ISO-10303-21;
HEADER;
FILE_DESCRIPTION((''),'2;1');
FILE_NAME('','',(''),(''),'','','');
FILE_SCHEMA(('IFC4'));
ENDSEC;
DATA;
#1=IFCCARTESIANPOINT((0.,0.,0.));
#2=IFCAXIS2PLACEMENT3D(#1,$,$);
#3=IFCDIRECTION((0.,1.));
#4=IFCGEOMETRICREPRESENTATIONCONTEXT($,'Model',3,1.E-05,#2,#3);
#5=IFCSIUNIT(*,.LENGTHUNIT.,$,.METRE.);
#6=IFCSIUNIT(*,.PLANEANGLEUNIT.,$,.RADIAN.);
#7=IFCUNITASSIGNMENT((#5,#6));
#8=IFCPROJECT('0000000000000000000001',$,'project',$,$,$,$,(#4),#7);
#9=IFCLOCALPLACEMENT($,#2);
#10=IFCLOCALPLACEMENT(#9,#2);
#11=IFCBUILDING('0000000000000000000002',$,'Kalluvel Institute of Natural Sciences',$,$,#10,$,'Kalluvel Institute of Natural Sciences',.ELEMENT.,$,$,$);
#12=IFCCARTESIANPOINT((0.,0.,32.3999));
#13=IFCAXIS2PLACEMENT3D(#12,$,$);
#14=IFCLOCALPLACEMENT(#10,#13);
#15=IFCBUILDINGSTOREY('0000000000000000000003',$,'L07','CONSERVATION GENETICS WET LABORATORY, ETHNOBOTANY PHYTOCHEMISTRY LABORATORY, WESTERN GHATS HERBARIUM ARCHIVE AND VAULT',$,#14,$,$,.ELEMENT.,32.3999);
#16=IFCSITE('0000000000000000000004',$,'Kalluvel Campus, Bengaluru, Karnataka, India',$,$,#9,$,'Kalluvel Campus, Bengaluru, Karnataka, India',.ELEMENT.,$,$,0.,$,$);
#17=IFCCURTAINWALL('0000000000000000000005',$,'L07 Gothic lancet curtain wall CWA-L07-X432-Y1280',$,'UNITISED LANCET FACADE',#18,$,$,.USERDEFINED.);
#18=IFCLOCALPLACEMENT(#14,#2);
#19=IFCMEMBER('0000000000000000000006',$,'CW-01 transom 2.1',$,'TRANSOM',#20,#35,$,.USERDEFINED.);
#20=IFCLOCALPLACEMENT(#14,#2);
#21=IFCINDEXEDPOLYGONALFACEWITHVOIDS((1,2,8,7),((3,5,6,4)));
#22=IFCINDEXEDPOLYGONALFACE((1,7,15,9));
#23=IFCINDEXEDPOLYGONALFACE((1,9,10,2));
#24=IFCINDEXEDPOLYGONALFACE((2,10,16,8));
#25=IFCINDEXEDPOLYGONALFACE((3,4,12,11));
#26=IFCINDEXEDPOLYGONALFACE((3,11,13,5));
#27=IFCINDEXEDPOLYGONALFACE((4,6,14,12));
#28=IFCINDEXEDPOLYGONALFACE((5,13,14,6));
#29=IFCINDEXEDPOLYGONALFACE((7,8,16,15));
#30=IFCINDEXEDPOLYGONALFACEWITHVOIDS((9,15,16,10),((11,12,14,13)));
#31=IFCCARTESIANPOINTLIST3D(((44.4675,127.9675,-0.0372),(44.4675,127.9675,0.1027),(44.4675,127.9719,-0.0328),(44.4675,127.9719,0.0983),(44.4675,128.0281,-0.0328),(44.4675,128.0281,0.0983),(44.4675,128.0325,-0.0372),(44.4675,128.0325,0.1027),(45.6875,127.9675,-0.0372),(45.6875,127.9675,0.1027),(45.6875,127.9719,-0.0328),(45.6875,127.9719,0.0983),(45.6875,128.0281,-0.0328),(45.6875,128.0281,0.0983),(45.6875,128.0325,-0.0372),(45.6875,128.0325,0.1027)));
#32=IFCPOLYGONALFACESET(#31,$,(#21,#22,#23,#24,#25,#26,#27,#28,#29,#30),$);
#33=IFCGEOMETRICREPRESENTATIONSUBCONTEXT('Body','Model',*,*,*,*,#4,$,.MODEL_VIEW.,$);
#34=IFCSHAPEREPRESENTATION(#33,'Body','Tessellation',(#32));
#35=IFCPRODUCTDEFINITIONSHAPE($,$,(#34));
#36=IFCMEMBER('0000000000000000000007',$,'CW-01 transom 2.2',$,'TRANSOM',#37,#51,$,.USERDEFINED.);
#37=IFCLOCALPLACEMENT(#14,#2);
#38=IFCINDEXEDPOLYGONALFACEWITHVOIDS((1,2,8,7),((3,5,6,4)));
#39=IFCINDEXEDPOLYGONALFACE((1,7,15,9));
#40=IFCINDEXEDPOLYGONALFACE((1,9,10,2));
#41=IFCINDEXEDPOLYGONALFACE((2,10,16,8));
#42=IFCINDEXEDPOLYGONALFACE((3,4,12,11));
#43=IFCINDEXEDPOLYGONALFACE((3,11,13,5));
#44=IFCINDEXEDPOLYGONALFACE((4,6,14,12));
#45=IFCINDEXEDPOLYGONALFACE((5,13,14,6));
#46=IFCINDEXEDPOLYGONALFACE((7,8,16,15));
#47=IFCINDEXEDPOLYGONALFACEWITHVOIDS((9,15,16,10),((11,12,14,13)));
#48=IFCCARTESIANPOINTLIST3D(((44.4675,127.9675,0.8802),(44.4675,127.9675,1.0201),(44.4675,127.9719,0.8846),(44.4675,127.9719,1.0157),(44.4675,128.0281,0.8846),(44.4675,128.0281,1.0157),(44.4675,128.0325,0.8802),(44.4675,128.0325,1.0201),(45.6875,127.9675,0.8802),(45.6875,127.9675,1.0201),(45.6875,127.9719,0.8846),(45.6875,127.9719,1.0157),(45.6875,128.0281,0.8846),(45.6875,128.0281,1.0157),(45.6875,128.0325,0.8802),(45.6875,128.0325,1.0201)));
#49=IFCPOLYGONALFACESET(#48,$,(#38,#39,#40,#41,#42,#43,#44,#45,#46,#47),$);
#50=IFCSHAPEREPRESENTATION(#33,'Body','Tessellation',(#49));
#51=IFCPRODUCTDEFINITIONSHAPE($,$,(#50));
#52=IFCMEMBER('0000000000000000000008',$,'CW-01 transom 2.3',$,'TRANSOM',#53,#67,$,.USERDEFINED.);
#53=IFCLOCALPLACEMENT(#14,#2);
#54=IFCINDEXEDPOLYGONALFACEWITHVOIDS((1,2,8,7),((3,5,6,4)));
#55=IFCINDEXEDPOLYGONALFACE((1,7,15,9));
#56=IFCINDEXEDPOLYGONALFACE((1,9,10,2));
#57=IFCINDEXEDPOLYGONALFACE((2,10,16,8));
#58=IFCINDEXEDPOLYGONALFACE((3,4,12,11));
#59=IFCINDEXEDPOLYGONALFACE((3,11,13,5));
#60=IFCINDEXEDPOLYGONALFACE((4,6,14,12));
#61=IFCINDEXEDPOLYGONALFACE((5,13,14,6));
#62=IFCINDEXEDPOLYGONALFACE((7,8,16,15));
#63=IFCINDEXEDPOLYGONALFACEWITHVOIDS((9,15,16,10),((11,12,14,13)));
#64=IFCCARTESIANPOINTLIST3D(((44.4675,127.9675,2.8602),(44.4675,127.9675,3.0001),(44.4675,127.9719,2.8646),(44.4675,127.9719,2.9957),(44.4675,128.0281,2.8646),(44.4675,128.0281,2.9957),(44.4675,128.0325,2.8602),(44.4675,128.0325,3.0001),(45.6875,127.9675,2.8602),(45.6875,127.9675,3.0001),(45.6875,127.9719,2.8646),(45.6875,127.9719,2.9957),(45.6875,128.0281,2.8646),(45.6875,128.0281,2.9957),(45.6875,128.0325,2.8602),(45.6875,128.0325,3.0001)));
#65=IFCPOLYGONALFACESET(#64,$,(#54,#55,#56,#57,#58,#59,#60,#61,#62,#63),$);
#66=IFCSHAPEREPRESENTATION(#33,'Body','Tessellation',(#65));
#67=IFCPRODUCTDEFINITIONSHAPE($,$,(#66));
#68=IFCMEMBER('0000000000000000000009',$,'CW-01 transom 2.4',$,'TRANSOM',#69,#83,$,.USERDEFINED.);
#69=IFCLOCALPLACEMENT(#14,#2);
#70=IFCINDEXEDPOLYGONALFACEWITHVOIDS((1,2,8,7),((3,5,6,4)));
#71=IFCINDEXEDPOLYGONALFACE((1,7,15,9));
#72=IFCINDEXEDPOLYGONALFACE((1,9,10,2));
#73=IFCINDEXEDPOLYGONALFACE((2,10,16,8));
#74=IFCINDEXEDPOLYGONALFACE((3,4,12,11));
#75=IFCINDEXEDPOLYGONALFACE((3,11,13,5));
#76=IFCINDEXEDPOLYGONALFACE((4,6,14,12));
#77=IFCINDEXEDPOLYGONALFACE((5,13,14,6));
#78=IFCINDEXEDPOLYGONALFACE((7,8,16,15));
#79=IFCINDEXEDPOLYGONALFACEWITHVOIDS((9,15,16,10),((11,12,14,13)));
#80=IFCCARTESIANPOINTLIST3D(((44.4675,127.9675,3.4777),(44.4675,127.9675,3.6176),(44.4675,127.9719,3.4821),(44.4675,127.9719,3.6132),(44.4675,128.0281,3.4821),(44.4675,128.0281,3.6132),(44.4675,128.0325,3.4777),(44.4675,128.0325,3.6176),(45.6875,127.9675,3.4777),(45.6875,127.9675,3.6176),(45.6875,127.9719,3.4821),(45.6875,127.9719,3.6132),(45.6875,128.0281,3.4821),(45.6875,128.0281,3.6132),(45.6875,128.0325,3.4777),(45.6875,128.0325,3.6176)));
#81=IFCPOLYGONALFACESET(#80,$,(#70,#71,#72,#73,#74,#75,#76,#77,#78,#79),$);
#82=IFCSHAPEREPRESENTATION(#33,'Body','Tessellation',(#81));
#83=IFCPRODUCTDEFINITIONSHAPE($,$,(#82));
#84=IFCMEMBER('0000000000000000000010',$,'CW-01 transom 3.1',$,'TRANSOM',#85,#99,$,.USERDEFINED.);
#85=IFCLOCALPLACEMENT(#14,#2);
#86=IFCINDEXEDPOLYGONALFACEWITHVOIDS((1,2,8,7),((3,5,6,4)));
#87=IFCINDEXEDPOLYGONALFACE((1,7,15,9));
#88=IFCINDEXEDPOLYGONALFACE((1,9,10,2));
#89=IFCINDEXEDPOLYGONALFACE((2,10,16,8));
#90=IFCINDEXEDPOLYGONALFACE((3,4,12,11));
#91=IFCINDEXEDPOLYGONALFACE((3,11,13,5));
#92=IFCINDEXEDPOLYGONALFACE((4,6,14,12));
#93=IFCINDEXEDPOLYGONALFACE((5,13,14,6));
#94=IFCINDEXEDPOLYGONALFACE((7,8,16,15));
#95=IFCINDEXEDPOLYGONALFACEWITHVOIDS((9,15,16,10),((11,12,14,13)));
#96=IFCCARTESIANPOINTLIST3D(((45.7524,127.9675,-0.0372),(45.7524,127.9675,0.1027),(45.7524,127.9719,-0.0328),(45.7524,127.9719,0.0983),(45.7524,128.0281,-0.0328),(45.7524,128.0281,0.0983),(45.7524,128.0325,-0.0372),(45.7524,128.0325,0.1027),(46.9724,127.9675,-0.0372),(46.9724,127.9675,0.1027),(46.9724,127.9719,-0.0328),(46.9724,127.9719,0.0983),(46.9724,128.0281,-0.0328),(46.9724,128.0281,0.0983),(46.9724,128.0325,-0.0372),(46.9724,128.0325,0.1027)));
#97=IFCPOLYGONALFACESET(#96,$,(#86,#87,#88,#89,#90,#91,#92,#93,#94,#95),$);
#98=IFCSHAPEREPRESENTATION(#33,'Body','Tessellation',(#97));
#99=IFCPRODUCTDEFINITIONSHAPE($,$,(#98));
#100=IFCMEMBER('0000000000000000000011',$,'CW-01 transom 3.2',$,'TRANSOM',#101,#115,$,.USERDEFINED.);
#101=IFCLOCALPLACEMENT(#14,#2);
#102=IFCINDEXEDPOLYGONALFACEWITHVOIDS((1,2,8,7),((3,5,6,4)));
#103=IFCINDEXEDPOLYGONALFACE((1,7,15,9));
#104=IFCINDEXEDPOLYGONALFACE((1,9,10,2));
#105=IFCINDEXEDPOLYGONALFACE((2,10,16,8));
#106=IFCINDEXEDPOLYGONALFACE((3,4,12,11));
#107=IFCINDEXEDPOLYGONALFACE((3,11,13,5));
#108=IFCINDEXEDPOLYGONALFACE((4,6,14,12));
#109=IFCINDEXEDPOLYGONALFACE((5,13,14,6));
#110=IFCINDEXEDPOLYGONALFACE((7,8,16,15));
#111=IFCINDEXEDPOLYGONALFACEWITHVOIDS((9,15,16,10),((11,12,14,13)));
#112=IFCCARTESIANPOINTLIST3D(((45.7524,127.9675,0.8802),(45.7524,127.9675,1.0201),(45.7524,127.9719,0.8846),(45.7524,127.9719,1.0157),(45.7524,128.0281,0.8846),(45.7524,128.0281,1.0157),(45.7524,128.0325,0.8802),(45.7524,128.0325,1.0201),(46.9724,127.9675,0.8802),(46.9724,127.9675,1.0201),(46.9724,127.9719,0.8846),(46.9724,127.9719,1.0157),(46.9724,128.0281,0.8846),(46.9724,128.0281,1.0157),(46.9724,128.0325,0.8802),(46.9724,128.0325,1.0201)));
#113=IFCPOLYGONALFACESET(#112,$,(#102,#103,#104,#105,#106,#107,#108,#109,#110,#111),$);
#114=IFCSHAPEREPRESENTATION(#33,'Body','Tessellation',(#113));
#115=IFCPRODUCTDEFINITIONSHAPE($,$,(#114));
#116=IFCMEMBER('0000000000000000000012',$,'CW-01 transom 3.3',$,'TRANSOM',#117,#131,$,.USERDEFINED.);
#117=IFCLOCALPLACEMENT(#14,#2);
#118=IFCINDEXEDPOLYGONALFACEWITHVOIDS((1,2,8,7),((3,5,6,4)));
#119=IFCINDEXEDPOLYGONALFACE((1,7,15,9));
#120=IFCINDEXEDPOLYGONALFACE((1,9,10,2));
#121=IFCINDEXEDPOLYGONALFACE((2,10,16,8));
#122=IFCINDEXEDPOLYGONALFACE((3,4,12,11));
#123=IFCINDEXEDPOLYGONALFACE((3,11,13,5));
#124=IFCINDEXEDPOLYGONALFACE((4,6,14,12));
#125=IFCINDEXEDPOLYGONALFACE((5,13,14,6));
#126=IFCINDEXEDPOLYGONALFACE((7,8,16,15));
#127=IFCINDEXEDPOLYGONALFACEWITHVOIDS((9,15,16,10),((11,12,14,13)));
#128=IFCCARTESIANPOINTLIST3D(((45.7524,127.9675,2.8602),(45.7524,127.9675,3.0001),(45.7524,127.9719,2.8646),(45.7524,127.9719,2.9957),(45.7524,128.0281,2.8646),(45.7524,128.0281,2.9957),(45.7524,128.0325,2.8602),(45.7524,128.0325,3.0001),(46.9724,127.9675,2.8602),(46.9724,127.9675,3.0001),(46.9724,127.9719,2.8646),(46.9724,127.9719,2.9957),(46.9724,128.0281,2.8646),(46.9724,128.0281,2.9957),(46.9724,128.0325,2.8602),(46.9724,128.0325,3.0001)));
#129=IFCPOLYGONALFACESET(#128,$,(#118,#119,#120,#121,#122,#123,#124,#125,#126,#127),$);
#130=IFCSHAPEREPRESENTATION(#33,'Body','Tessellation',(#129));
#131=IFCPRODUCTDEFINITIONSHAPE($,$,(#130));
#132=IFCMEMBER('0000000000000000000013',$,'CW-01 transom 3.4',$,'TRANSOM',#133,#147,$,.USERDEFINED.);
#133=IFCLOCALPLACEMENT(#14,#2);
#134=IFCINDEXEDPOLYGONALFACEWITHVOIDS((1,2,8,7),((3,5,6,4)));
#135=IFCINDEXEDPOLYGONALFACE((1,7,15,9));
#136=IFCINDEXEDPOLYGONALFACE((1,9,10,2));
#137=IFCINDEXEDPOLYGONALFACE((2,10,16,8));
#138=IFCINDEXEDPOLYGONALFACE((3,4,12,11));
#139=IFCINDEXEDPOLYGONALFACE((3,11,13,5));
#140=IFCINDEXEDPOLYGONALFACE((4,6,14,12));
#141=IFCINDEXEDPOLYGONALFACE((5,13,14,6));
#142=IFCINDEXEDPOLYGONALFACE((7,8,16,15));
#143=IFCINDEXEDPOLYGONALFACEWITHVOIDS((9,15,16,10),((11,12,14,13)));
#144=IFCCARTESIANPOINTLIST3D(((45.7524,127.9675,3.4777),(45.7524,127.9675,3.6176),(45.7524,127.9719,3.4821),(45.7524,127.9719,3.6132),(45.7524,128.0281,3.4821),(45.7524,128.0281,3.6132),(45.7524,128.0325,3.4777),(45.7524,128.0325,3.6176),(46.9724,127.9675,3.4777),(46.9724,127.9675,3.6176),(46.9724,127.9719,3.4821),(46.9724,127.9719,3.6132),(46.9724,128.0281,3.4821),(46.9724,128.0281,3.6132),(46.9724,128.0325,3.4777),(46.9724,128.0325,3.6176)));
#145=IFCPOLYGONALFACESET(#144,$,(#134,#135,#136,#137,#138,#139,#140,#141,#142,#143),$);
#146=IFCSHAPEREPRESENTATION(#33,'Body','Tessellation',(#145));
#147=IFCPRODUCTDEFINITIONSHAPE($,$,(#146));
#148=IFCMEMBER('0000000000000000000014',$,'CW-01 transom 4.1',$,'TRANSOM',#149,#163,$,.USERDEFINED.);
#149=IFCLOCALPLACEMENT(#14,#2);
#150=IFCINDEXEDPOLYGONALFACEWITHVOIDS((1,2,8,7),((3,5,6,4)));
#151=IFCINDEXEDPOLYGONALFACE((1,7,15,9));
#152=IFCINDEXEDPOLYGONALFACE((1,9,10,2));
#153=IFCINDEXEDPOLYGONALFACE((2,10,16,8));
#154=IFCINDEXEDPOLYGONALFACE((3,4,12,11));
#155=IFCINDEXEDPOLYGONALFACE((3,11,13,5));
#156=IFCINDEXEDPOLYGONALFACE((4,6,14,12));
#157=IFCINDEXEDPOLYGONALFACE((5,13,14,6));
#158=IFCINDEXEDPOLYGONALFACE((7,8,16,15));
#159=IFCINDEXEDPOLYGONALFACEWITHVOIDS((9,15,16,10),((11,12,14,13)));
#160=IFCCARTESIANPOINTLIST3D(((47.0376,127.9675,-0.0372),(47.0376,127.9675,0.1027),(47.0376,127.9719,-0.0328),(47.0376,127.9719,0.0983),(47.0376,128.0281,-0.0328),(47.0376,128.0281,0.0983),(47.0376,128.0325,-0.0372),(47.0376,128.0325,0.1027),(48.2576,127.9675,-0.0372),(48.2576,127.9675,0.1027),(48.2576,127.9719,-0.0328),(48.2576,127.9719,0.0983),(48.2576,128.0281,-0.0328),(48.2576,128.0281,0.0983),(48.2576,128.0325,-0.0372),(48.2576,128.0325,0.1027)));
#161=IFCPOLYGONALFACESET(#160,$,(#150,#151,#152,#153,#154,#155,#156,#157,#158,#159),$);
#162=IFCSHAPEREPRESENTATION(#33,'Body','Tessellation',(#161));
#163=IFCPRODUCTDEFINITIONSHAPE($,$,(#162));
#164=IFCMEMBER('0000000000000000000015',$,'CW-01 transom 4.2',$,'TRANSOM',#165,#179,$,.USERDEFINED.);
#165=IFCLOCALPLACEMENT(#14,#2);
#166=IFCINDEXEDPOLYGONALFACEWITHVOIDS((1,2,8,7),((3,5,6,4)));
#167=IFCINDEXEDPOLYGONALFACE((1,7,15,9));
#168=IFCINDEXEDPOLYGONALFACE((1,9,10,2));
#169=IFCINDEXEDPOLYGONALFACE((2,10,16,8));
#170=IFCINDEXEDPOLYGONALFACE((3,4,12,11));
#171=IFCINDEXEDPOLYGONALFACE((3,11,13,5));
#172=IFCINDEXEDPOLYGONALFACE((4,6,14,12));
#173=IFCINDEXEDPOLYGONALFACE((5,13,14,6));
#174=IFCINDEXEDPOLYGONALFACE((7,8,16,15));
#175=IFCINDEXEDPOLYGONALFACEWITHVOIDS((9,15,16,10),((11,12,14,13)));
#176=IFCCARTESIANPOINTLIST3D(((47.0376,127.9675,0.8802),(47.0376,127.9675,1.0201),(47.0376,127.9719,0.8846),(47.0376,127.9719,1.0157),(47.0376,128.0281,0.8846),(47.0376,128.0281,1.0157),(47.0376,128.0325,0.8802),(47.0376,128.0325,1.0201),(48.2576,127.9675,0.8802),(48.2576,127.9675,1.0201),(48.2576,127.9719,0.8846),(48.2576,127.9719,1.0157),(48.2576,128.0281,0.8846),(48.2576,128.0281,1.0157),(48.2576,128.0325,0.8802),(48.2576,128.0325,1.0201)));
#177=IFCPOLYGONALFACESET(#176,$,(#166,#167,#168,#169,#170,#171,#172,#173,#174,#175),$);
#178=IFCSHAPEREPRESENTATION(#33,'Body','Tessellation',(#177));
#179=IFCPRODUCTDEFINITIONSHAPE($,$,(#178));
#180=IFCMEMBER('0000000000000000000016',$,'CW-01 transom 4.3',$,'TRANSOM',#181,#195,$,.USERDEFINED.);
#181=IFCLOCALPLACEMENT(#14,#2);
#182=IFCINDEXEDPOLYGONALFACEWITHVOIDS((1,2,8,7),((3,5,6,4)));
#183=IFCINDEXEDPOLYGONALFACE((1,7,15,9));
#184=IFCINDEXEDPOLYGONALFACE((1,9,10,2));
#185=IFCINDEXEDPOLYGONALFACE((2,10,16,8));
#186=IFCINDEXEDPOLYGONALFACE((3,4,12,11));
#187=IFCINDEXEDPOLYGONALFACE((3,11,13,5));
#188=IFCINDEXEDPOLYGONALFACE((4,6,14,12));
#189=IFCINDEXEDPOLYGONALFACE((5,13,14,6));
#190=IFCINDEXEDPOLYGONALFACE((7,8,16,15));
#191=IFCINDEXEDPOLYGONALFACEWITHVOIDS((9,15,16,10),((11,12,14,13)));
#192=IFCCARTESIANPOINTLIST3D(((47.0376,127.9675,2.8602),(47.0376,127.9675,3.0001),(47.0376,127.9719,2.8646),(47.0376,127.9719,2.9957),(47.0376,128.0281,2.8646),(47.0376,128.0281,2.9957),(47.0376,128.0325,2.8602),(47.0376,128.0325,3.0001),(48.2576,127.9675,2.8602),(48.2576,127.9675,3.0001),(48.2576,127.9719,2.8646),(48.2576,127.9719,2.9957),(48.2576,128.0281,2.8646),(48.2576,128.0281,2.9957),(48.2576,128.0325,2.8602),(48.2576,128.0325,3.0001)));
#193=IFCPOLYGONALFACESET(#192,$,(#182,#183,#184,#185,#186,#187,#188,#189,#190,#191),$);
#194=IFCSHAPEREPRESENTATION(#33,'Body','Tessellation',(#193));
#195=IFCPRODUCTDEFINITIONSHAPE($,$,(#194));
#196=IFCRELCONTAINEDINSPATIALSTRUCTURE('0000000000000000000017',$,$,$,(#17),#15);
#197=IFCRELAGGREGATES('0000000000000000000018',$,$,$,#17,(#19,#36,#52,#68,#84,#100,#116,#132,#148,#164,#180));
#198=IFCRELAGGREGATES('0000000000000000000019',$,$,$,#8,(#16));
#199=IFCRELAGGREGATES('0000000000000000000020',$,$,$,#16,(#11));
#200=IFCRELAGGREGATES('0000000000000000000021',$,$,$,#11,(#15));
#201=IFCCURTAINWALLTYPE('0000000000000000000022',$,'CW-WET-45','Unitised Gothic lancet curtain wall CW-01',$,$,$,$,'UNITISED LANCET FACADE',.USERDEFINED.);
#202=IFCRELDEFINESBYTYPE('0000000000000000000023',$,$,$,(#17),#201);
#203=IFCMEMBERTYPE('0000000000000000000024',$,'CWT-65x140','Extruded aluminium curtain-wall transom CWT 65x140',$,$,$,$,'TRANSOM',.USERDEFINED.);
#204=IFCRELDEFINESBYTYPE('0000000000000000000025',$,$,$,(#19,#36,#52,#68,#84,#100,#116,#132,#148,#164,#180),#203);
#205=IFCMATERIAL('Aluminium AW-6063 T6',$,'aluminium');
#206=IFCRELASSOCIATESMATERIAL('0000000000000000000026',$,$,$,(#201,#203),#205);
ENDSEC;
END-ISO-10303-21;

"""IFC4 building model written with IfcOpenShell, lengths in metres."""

from ifc_helpers import new_model, si_unit, direction, frame, origin, origin_2d, place, context, subcontext, project, spatial, hollow_rectangle, extrude, material, material_profile, profile_set, type_object, element, aggregate, save


model = new_model("IFC4")

# Units and contexts
model_context = context("Model", 3, precision=1e-05, world=origin(), true_north=direction((0.0, 1.0)))
body_context = subcontext(model_context, "Body", "Model", "MODEL_VIEW")
ifc_project = project(units=[si_unit("LENGTHUNIT", "METRE"), si_unit("PLANEANGLEUNIT", "RADIAN")], contexts=[model_context])

# Site, building, storey
site_placement = place(None, origin())
site = spatial("IfcSite", under=ifc_project, at=site_placement, Name="Kalluvel Campus, Bengaluru, Karnataka, India", LongName="Kalluvel Campus, Bengaluru, Karnataka, India", CompositionType="ELEMENT", RefElevation=0.0)
building_placement = place(site_placement, origin())
building = spatial("IfcBuilding", under=site, at=building_placement, Name="Kalluvel Institute of Natural Sciences", LongName="Kalluvel Institute of Natural Sciences", CompositionType="ELEMENT")
storey_placement = place(building_placement, frame((0.0, 0.0, 32.3999)))
storey = spatial("IfcBuildingStorey", under=building, at=storey_placement, Name="L07", Description="CONSERVATION GENETICS WET LABORATORY, ETHNOBOTANY PHYTOCHEMISTRY LABORATORY, WESTERN GHATS HERBARIUM ARCHIVE AND VAULT", CompositionType="ELEMENT", Elevation=32.3999)

# Curtain wall, members
ifc_material_1 = material(Name="Aluminium AW-6063 T6", Category="aluminium")
curtain_wall_type = type_object("IfcCurtainWallType", Name="CW-WET-45", Description="Unitised Gothic lancet curtain wall CW-01", ElementType="UNITISED LANCET FACADE", PredefinedType="USERDEFINED", material=ifc_material_1)
curtain_wall_placement = place(storey_placement, origin())
curtain_wall = element("IfcCurtainWall", 1, at=curtain_wall_placement, inside=storey, type_object=curtain_wall_type, Name="L07 Gothic lancet curtain wall CWA-L07-X432-Y1280", ObjectType="UNITISED LANCET FACADE", PredefinedType="USERDEFINED")
ifc_material_profile_1 = material_profile(ifc_material_1, hollow_rectangle(XDim=0.0649, YDim=0.1399, WallThickness=0.0044, at=origin_2d()), Name="CWT 65x140")
ifc_profile_set_1 = profile_set([ifc_material_profile_1], Name="Aluminium AW-6063 T6")
member_type_1 = type_object("IfcMemberType", Name="CWT-65x140", Description="Extruded aluminium curtain-wall transom CWT 65x140", ElementType="TRANSOM", PredefinedType="USERDEFINED", material=ifc_profile_set_1)
member_1_placement = place(storey_placement, frame((44.4675, 128.0, 0.0327), z_axis=(1.0, 0.0, 0.0), x_axis=(0.0, 1.0, 0.0)))
member_1 = element("IfcMember", 2, at=member_1_placement, type_object=member_type_1, Name="CW-01 transom 2.1", ObjectType="TRANSOM", PredefinedType="USERDEFINED", context=body_context, shape_type="SweptSolid", body=[
    extrude(hollow_rectangle(XDim=0.0649, YDim=0.1399, WallThickness=0.0044, at=origin_2d()), origin(), (0.0, 0.0, 1.0), 1.22),
])
member_2_placement = place(storey_placement, frame((44.4675, 128.0, 0.9502), z_axis=(1.0, 0.0, 0.0), x_axis=(0.0, 1.0, 0.0)))
member_2 = element("IfcMember", 3, at=member_2_placement, type_object=member_type_1, Name="CW-01 transom 2.2", ObjectType="TRANSOM", PredefinedType="USERDEFINED", context=body_context, shape_type="SweptSolid", body=[
    extrude(hollow_rectangle(XDim=0.0649, YDim=0.1399, WallThickness=0.0044, at=origin_2d()), origin(), (0.0, 0.0, 1.0), 1.22),
])
member_3_placement = place(storey_placement, frame((44.4675, 128.0, 2.9302), z_axis=(1.0, 0.0, 0.0), x_axis=(0.0, 1.0, 0.0)))
member_3 = element("IfcMember", 4, at=member_3_placement, type_object=member_type_1, Name="CW-01 transom 2.3", ObjectType="TRANSOM", PredefinedType="USERDEFINED", context=body_context, shape_type="SweptSolid", body=[
    extrude(hollow_rectangle(XDim=0.0649, YDim=0.1399, WallThickness=0.0044, at=origin_2d()), origin(), (0.0, 0.0, 1.0), 1.22),
])
member_4_placement = place(storey_placement, frame((44.4675, 128.0, 3.5476), z_axis=(1.0, 0.0, 0.0), x_axis=(0.0, 1.0, 0.0)))
member_4 = element("IfcMember", 5, at=member_4_placement, type_object=member_type_1, Name="CW-01 transom 2.4", ObjectType="TRANSOM", PredefinedType="USERDEFINED", context=body_context, shape_type="SweptSolid", body=[
    extrude(hollow_rectangle(XDim=0.0649, YDim=0.1399, WallThickness=0.0044, at=origin_2d()), origin(), (0.0, 0.0, 1.0), 1.22),
])
member_5_placement = place(storey_placement, frame((45.7524, 128.0, 0.0327), z_axis=(1.0, 0.0, 0.0), x_axis=(0.0, 1.0, 0.0)))
member_5 = element("IfcMember", 6, at=member_5_placement, type_object=member_type_1, Name="CW-01 transom 3.1", ObjectType="TRANSOM", PredefinedType="USERDEFINED", context=body_context, shape_type="SweptSolid", body=[
    extrude(hollow_rectangle(XDim=0.0649, YDim=0.1399, WallThickness=0.0044, at=origin_2d()), origin(), (0.0, 0.0, 1.0), 1.22),
])
member_6_placement = place(storey_placement, frame((45.7524, 128.0, 0.9502), z_axis=(1.0, 0.0, 0.0), x_axis=(0.0, 1.0, 0.0)))
member_6 = element("IfcMember", 7, at=member_6_placement, type_object=member_type_1, Name="CW-01 transom 3.2", ObjectType="TRANSOM", PredefinedType="USERDEFINED", context=body_context, shape_type="SweptSolid", body=[
    extrude(hollow_rectangle(XDim=0.0649, YDim=0.1399, WallThickness=0.0044, at=origin_2d()), origin(), (0.0, 0.0, 1.0), 1.22),
])
member_7_placement = place(storey_placement, frame((45.7524, 128.0, 2.9302), z_axis=(1.0, 0.0, 0.0), x_axis=(0.0, 1.0, 0.0)))
member_7 = element("IfcMember", 8, at=member_7_placement, type_object=member_type_1, Name="CW-01 transom 3.3", ObjectType="TRANSOM", PredefinedType="USERDEFINED", context=body_context, shape_type="SweptSolid", body=[
    extrude(hollow_rectangle(XDim=0.0649, YDim=0.1399, WallThickness=0.0044, at=origin_2d()), origin(), (0.0, 0.0, 1.0), 1.22),
])
member_8_placement = place(storey_placement, frame((45.7524, 128.0, 3.5476), z_axis=(1.0, 0.0, 0.0), x_axis=(0.0, 1.0, 0.0)))
member_8 = element("IfcMember", 9, at=member_8_placement, type_object=member_type_1, Name="CW-01 transom 3.4", ObjectType="TRANSOM", PredefinedType="USERDEFINED", context=body_context, shape_type="SweptSolid", body=[
    extrude(hollow_rectangle(XDim=0.0649, YDim=0.1399, WallThickness=0.0044, at=origin_2d()), origin(), (0.0, 0.0, 1.0), 1.22),
])
member_9_placement = place(storey_placement, frame((47.0376, 128.0, 0.0327), z_axis=(1.0, 0.0, 0.0), x_axis=(0.0, 1.0, 0.0)))
member_9 = element("IfcMember", 10, at=member_9_placement, type_object=member_type_1, Name="CW-01 transom 4.1", ObjectType="TRANSOM", PredefinedType="USERDEFINED", context=body_context, shape_type="SweptSolid", body=[
    extrude(hollow_rectangle(XDim=0.0649, YDim=0.1399, WallThickness=0.0044, at=origin_2d()), origin(), (0.0, 0.0, 1.0), 1.22),
])
member_10_placement = place(storey_placement, frame((47.0376, 128.0, 0.9502), z_axis=(1.0, 0.0, 0.0), x_axis=(0.0, 1.0, 0.0)))
member_10 = element("IfcMember", 11, at=member_10_placement, type_object=member_type_1, Name="CW-01 transom 4.2", ObjectType="TRANSOM", PredefinedType="USERDEFINED", context=body_context, shape_type="SweptSolid", body=[
    extrude(hollow_rectangle(XDim=0.0649, YDim=0.1399, WallThickness=0.0044, at=origin_2d()), origin(), (0.0, 0.0, 1.0), 1.22),
])
member_11_placement = place(storey_placement, frame((47.0376, 128.0, 2.9302), z_axis=(1.0, 0.0, 0.0), x_axis=(0.0, 1.0, 0.0)))
member_11 = element("IfcMember", 12, at=member_11_placement, type_object=member_type_1, Name="CW-01 transom 4.3", ObjectType="TRANSOM", PredefinedType="USERDEFINED", context=body_context, shape_type="SweptSolid", body=[
    extrude(hollow_rectangle(XDim=0.0649, YDim=0.1399, WallThickness=0.0044, at=origin_2d()), origin(), (0.0, 0.0, 1.0), 1.22),
])

aggregate(curtain_wall, [member_1, member_2, member_3, member_4, member_5, member_6, member_7, member_8, member_9, member_10, member_11])

save(model, "model.ifc")
